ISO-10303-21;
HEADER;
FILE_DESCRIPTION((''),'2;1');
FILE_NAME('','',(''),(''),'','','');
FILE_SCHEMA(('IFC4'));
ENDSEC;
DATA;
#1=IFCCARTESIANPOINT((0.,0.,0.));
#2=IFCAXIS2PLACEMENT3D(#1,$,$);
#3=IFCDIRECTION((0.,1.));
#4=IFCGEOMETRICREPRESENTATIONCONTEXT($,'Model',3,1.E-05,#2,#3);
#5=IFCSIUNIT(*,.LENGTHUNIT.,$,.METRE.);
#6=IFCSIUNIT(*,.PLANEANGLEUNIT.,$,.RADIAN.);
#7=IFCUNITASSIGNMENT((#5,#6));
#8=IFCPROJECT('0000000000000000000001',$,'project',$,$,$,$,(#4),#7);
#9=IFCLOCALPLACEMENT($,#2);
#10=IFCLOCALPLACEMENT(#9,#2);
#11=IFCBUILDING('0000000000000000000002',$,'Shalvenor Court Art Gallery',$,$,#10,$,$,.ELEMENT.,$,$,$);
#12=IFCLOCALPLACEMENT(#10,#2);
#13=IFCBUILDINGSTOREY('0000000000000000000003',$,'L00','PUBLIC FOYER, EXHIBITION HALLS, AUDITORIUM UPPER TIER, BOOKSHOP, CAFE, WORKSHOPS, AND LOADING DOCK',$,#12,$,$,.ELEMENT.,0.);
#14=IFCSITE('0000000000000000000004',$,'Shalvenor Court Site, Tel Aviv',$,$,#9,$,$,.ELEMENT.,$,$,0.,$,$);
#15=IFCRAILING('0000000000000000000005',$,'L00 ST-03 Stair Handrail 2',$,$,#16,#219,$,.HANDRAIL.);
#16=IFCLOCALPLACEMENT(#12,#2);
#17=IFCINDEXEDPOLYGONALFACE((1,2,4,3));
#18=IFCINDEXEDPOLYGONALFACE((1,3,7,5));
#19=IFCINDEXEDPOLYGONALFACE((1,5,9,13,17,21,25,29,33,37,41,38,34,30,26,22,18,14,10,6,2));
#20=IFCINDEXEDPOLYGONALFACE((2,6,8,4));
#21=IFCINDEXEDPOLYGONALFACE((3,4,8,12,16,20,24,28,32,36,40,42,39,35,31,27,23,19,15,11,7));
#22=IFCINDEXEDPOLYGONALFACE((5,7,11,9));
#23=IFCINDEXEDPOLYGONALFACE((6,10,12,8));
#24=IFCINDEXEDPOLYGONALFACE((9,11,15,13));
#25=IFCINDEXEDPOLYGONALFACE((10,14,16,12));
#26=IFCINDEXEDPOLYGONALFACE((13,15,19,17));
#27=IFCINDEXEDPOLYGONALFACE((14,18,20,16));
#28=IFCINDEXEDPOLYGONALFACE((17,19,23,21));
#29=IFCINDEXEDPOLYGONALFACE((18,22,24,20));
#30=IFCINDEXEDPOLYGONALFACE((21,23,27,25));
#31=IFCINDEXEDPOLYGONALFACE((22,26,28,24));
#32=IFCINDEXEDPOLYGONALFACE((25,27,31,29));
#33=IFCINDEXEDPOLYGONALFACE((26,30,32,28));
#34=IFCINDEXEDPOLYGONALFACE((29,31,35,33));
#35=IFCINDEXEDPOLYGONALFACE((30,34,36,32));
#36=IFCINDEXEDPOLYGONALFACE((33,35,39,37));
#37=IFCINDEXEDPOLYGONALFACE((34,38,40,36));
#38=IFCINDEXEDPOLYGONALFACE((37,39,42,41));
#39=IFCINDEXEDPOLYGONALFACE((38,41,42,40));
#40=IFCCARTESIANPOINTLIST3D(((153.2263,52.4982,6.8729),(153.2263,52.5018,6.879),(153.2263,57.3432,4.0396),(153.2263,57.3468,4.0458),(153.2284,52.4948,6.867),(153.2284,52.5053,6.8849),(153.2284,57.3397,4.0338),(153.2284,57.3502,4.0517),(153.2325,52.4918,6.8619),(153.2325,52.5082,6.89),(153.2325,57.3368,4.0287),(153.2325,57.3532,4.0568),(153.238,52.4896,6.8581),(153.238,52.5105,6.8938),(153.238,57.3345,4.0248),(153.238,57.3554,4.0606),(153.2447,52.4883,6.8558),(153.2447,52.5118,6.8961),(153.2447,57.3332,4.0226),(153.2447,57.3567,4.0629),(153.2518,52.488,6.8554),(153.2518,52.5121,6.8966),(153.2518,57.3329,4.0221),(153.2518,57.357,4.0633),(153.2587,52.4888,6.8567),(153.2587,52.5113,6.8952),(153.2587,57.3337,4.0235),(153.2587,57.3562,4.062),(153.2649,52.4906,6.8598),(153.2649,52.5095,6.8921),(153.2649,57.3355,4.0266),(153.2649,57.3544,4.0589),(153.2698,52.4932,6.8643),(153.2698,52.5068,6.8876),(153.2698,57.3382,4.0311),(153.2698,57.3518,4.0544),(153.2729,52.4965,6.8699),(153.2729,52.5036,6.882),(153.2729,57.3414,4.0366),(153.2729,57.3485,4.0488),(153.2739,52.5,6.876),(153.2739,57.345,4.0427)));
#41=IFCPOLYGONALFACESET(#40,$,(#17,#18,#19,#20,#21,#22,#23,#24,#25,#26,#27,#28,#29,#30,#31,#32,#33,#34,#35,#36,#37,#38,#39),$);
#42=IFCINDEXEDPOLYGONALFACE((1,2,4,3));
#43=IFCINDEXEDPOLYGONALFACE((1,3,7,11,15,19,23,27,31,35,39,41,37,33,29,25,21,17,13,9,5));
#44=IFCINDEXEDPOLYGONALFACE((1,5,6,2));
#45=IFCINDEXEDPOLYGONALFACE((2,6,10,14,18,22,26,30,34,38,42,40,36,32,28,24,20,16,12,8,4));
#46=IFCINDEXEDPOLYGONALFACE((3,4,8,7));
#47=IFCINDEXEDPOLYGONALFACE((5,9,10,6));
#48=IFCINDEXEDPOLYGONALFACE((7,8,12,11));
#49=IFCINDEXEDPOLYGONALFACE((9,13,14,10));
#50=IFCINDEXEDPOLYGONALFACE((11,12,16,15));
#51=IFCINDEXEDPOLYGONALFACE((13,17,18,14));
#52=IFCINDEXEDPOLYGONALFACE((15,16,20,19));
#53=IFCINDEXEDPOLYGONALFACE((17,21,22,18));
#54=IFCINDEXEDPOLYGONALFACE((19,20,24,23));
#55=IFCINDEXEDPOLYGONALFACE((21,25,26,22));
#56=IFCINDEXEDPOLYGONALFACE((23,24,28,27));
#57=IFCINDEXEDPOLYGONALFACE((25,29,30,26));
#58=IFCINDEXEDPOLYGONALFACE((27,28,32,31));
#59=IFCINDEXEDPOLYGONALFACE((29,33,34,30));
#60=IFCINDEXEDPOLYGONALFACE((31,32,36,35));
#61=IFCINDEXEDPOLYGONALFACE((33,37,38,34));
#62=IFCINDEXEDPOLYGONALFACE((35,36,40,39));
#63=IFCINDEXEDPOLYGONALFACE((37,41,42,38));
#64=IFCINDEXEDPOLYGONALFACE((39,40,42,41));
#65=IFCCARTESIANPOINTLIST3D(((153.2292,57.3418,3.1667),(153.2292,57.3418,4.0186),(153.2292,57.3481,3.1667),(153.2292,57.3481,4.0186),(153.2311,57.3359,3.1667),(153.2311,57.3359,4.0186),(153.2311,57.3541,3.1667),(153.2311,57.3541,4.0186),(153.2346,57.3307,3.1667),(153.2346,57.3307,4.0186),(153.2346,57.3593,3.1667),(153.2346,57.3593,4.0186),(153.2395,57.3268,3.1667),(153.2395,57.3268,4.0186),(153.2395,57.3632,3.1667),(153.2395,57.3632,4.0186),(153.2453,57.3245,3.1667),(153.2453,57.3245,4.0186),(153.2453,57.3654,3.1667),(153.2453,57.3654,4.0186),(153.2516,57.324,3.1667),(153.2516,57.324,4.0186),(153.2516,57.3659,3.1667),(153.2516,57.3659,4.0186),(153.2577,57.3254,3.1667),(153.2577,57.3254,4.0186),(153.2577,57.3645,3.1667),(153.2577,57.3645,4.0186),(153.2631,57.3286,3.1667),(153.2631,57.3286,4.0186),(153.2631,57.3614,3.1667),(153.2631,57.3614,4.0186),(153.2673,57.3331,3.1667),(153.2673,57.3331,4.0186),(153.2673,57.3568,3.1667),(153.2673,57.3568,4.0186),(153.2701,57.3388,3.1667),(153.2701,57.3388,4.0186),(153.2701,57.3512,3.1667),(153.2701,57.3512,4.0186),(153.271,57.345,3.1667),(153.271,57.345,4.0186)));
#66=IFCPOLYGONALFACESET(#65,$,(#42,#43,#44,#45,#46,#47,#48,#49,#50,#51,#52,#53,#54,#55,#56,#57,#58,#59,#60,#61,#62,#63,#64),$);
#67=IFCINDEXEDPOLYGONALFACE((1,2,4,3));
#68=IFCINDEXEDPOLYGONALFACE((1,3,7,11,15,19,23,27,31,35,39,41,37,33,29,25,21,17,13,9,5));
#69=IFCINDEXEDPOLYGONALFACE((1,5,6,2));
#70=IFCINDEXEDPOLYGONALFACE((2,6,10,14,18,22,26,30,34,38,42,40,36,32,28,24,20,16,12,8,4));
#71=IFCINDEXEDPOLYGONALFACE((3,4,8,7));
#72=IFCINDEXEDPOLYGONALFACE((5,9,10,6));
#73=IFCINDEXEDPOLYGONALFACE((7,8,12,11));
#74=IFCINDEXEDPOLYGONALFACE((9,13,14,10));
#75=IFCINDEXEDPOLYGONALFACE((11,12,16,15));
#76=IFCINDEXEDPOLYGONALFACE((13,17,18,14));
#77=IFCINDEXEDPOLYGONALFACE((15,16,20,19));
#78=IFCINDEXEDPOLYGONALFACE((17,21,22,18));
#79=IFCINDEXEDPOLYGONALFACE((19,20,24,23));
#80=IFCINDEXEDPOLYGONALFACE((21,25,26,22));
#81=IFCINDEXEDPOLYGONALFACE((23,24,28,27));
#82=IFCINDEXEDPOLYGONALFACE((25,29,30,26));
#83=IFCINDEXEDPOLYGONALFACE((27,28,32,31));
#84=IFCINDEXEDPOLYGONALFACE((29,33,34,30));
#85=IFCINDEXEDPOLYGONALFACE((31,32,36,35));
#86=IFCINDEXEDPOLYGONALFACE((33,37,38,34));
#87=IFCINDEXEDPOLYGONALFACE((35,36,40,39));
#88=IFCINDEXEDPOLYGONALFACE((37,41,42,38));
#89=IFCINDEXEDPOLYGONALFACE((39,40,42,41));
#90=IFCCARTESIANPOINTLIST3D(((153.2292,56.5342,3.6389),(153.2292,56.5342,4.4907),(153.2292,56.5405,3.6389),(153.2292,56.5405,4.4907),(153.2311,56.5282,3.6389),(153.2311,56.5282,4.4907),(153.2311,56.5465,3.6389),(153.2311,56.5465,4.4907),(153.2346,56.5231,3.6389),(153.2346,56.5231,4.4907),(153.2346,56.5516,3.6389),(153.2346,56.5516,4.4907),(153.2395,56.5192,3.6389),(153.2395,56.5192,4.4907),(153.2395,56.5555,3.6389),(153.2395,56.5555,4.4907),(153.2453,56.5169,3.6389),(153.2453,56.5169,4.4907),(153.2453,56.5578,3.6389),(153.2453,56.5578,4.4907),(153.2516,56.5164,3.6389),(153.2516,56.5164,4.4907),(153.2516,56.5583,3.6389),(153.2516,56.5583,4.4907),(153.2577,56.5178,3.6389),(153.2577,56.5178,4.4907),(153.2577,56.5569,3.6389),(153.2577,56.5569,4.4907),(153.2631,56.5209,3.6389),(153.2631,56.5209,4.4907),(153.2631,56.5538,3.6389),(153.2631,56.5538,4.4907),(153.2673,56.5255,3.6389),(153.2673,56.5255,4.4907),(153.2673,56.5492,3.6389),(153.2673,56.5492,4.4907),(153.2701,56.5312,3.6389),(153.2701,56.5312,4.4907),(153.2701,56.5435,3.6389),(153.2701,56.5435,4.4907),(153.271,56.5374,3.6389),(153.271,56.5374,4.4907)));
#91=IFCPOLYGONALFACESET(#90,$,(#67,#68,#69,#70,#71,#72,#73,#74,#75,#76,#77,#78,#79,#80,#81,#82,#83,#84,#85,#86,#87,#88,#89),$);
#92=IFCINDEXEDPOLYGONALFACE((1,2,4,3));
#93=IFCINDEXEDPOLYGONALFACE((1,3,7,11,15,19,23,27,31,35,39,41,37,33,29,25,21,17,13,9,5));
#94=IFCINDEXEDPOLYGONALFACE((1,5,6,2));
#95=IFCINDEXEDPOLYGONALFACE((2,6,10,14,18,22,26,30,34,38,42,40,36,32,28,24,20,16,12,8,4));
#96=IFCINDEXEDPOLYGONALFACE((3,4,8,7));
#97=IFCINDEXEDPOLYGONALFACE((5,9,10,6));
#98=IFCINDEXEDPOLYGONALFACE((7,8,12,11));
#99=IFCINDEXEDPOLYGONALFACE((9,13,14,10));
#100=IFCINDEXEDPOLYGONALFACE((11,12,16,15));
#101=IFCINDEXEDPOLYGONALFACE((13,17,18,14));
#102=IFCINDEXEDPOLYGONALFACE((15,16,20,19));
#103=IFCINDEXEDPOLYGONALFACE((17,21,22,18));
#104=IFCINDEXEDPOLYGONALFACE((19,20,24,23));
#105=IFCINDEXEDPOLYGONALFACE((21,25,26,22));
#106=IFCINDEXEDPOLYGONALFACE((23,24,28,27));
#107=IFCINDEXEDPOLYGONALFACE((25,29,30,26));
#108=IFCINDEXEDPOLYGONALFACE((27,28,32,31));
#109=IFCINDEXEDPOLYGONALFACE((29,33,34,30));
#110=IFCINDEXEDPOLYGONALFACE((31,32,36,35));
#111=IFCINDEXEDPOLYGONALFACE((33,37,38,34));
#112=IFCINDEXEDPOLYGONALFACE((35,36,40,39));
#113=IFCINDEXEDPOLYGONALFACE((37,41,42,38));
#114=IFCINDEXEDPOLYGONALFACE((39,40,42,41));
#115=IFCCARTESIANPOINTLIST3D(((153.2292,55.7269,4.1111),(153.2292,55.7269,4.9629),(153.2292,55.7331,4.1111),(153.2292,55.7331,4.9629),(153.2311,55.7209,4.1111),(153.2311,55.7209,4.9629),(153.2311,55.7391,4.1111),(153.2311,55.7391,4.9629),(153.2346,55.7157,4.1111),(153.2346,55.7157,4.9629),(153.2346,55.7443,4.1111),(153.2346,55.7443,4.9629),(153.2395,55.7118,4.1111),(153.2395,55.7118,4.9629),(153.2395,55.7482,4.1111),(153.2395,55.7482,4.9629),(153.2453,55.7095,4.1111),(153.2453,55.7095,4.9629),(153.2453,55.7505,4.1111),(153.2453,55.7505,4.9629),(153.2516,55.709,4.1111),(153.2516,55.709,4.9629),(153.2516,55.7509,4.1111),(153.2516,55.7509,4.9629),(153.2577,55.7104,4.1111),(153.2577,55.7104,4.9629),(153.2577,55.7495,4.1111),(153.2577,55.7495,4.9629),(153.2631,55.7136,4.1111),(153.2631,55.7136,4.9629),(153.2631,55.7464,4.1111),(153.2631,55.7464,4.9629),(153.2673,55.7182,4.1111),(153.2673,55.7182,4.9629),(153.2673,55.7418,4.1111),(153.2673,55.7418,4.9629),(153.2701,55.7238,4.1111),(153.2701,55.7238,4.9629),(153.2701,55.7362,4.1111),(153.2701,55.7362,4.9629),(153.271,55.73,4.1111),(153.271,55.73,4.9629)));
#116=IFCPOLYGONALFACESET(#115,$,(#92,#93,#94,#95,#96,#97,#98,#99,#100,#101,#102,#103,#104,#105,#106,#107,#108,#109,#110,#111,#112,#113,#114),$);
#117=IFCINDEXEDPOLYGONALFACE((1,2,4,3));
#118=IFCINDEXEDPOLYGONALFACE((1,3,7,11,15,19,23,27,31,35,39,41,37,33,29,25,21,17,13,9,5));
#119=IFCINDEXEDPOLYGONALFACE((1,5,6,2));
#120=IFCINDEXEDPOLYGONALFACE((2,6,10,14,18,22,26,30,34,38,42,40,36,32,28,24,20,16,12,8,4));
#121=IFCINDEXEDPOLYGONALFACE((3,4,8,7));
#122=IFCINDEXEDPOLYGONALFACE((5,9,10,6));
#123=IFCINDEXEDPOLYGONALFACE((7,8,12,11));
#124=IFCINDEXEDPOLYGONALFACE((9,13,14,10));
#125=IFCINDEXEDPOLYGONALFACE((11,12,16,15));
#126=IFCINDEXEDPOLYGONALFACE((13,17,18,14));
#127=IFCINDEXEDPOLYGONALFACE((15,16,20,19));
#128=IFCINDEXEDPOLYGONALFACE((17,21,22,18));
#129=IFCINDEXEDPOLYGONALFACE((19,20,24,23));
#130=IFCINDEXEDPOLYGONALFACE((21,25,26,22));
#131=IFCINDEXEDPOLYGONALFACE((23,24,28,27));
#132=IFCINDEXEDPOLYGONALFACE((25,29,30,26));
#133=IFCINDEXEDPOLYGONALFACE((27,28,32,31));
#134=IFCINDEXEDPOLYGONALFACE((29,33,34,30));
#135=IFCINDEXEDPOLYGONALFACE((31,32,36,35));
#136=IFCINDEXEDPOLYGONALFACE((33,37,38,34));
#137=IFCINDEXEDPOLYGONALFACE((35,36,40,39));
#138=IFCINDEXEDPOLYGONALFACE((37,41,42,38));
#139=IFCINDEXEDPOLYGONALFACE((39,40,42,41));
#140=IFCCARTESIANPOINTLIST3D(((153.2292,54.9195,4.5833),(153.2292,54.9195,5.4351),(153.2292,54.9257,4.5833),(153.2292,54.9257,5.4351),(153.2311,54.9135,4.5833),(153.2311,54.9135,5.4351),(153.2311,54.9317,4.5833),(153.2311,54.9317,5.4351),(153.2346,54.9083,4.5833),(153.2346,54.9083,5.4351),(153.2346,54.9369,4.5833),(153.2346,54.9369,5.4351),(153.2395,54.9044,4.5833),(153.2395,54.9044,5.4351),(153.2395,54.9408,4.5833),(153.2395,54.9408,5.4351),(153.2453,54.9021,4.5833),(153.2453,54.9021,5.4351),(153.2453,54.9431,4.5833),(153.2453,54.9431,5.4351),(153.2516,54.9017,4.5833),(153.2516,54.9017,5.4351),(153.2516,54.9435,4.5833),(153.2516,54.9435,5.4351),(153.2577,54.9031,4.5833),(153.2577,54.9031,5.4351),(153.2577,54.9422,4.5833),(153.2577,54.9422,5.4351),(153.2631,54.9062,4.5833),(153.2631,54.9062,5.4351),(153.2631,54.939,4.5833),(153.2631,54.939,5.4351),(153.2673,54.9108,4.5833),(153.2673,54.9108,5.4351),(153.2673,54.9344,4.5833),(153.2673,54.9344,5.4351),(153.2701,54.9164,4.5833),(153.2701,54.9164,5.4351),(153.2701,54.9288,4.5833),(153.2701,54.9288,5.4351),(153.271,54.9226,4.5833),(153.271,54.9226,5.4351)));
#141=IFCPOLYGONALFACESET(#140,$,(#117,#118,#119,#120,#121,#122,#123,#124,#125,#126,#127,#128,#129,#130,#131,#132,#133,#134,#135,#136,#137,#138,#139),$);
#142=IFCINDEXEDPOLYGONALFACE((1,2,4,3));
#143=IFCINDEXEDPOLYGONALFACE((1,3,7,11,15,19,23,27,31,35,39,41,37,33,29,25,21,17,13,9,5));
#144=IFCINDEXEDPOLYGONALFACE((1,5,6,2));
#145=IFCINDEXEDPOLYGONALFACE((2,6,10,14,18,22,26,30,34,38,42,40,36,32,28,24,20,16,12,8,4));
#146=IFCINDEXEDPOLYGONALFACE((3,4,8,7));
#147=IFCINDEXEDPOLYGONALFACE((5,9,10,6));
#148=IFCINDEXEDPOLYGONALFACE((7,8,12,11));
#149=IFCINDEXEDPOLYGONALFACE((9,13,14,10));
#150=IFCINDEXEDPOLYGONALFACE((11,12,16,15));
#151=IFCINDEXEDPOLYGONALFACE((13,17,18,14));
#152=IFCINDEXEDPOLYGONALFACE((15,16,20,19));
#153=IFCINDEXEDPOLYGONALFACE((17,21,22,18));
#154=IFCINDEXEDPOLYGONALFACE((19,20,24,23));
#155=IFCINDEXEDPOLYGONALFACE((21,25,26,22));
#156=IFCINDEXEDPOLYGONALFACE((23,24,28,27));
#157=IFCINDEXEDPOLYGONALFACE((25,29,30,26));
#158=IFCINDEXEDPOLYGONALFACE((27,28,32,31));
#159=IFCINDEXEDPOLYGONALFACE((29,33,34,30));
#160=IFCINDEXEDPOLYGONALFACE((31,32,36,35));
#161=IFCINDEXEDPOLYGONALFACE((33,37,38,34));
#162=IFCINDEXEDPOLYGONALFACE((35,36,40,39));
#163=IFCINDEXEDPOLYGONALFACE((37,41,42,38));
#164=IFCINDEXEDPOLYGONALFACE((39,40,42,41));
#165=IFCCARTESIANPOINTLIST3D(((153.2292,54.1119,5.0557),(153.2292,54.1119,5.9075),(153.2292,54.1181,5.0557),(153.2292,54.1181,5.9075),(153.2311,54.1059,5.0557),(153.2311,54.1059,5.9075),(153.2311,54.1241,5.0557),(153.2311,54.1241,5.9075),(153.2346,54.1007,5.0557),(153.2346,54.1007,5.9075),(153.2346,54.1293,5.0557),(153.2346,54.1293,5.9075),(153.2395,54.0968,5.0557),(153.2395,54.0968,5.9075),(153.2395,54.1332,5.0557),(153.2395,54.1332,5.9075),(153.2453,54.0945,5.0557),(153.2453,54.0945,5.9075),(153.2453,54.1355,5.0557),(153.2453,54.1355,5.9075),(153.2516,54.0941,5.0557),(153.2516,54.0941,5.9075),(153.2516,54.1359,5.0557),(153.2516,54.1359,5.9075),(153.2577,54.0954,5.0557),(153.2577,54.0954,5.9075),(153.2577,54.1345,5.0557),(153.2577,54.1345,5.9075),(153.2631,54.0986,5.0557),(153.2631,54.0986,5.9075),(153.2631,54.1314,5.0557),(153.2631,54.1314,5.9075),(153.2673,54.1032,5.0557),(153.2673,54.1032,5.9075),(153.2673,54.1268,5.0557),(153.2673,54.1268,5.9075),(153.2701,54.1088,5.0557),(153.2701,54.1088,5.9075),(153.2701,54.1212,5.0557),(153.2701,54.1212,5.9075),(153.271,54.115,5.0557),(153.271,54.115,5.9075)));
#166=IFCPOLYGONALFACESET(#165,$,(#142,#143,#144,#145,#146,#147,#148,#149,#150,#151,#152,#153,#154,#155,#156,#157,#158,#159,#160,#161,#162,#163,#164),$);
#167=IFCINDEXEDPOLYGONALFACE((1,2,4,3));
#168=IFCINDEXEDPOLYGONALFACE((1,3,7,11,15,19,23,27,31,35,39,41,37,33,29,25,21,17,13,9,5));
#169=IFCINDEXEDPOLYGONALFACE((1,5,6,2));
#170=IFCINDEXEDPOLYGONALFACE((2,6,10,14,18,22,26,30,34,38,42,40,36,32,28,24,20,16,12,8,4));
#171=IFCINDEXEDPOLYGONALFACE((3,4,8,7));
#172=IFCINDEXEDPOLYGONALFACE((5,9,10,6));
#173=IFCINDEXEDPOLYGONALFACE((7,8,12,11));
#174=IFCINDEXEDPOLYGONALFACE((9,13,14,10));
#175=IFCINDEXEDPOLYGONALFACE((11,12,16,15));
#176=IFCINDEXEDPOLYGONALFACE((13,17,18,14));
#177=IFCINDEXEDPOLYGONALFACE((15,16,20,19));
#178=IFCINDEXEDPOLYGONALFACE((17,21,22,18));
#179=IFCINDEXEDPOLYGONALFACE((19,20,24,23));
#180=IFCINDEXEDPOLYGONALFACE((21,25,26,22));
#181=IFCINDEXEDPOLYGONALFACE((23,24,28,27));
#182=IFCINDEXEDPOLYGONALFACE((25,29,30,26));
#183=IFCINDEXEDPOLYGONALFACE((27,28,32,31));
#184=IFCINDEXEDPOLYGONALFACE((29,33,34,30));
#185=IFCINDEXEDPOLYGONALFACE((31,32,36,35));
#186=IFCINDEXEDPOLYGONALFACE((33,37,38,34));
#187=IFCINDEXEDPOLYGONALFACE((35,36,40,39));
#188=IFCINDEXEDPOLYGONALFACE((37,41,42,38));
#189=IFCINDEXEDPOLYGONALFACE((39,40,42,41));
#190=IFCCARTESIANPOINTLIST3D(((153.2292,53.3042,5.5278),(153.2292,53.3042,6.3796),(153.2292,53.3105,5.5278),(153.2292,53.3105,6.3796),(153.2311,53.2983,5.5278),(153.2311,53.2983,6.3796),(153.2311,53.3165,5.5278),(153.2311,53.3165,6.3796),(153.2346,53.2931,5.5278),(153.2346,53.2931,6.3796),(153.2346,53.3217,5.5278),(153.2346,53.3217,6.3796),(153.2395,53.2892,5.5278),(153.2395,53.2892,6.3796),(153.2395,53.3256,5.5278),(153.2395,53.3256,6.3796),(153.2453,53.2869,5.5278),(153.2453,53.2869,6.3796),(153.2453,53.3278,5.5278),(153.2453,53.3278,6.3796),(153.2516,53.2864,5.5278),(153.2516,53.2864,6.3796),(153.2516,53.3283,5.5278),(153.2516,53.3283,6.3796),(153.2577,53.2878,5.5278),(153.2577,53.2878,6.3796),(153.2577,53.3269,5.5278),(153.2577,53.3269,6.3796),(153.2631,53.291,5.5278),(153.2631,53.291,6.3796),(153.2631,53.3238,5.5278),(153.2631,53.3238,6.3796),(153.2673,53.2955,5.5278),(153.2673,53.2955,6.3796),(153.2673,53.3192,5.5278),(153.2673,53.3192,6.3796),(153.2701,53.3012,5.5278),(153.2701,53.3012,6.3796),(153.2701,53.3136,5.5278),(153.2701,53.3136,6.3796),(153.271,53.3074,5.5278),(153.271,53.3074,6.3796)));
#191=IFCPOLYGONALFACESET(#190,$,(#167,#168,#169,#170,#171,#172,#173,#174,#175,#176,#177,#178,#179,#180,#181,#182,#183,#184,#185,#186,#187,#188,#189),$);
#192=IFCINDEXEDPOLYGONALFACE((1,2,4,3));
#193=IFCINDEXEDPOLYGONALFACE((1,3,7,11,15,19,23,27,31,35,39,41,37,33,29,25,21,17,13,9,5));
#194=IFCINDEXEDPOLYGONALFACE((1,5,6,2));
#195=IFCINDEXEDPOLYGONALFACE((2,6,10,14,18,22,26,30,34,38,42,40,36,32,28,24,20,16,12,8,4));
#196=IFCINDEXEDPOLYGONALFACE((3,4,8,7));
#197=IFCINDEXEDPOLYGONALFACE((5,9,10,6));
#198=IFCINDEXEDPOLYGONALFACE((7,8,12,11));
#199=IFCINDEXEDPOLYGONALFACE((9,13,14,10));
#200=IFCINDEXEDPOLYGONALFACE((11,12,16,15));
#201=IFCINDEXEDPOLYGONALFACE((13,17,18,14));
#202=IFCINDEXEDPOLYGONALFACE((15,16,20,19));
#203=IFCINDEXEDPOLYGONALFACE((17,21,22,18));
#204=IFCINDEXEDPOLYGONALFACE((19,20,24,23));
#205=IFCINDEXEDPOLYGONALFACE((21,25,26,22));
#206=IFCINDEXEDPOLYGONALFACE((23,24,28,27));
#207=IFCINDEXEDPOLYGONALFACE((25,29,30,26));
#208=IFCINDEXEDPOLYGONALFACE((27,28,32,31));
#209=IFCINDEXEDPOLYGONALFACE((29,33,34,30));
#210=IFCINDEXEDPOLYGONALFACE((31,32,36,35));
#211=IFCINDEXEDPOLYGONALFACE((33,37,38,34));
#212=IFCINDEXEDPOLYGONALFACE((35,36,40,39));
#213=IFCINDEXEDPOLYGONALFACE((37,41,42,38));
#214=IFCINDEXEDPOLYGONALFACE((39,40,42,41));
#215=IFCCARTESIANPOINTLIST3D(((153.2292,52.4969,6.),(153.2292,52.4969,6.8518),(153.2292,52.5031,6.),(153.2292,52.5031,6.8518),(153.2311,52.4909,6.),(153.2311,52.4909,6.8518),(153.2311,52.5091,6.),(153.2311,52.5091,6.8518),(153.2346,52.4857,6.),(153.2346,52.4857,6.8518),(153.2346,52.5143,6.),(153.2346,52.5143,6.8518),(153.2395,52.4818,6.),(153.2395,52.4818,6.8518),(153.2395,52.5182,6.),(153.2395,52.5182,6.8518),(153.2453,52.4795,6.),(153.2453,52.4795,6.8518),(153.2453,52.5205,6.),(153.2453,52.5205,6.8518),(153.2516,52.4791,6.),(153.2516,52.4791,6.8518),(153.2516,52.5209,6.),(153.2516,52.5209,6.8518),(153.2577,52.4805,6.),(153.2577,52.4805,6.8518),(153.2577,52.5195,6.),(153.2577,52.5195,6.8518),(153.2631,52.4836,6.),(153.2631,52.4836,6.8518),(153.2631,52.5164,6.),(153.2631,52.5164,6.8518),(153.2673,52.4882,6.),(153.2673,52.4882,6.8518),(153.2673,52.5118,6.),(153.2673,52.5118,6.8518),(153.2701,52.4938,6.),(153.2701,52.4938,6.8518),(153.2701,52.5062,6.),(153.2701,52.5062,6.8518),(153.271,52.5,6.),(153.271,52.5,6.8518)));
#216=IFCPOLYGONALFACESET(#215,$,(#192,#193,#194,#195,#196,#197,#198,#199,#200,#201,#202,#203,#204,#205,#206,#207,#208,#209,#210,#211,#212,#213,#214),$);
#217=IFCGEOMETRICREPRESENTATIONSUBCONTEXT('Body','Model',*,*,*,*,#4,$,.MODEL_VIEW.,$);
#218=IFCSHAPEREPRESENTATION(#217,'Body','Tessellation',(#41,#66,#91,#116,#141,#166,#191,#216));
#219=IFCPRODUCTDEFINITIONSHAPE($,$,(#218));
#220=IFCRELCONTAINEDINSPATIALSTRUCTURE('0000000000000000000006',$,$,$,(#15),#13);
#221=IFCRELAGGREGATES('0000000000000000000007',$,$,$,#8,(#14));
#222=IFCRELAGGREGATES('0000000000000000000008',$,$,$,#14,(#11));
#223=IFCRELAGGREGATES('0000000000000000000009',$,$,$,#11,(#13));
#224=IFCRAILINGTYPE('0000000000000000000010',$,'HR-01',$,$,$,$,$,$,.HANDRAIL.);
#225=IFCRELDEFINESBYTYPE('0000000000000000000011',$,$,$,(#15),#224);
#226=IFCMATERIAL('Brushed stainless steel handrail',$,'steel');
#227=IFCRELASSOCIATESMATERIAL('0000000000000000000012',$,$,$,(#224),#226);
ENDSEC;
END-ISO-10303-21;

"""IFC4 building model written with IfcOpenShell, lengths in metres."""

from ifc_helpers import new_model, si_unit, direction, frame, origin, origin_2d, place, context, subcontext, project, spatial, circle, extrude, material, type_object, element, save


model = new_model("IFC4")

# Units and contexts
model_context = context("Model", 3, precision=1e-05, world=origin(), true_north=direction((0.0, 1.0)))
body_context = subcontext(model_context, "Body", "Model", "MODEL_VIEW")
ifc_project = project(units=[si_unit("LENGTHUNIT", "METRE"), si_unit("PLANEANGLEUNIT", "RADIAN")], contexts=[model_context])

# Site, building, storey
site_placement = place(None, origin())
site = spatial("IfcSite", under=ifc_project, at=site_placement, Name="Shalvenor Court Site, Tel Aviv", CompositionType="ELEMENT", RefElevation=0.0)
building_placement = place(site_placement, origin())
building = spatial("IfcBuilding", under=site, at=building_placement, Name="Shalvenor Court Art Gallery", CompositionType="ELEMENT")
storey_placement = place(building_placement, origin())
storey = spatial("IfcBuildingStorey", under=building, at=storey_placement, Name="L00", Description="PUBLIC FOYER, EXHIBITION HALLS, AUDITORIUM UPPER TIER, BOOKSHOP, CAFE, WORKSHOPS, AND LOADING DOCK", CompositionType="ELEMENT", Elevation=0.0)

# Railing
ifc_material_1 = material(Name="Brushed stainless steel handrail", Category="steel")
railing_type_1 = type_object("IfcRailingType", Name="HR-01", PredefinedType="HANDRAIL", material=ifc_material_1)
railing_1_placement = place(storey_placement, frame((153.25, 57.345, 3.1667)))
element("IfcRailing", 1, at=railing_1_placement, inside=storey, type_object=railing_type_1, Name="L00 ST-03 Stair Handrail 2", PredefinedType="HANDRAIL", context=body_context, shape_type="SweptSolid", body=[
    extrude(circle(Radius=0.0239, at=origin_2d()), frame((0.0, 0.0, 0.876), z_axis=(0.0, -0.863234, 0.504804), x_axis=(1.0, 0.0, 0.0)), (0.0, 0.0, 1.0), 5.6125),
    extrude(circle(Radius=0.021, at=origin_2d()), origin(), (0.0, 0.0, 1.0), 0.8518),
    extrude(circle(Radius=0.021, at=origin_2d()), frame((0.0, -0.8076, 0.4722)), (0.0, 0.0, 1.0), 0.8518),
    extrude(circle(Radius=0.021, at=origin_2d()), frame((0.0, -1.615, 0.9443)), (0.0, 0.0, 1.0), 0.8518),
    extrude(circle(Radius=0.021, at=origin_2d()), frame((0.0, -2.4224, 1.4165)), (0.0, 0.0, 1.0), 0.8518),
    extrude(circle(Radius=0.021, at=origin_2d()), frame((0.0, -3.23, 1.8889)), (0.0, 0.0, 1.0), 0.8518),
    extrude(circle(Radius=0.021, at=origin_2d()), frame((0.0, -4.0376, 2.3611)), (0.0, 0.0, 1.0), 0.8518),
    extrude(circle(Radius=0.021, at=origin_2d()), frame((0.0, -4.845, 2.8333)), (0.0, 0.0, 1.0), 0.8518),
])

save(model, "model.ifc")
